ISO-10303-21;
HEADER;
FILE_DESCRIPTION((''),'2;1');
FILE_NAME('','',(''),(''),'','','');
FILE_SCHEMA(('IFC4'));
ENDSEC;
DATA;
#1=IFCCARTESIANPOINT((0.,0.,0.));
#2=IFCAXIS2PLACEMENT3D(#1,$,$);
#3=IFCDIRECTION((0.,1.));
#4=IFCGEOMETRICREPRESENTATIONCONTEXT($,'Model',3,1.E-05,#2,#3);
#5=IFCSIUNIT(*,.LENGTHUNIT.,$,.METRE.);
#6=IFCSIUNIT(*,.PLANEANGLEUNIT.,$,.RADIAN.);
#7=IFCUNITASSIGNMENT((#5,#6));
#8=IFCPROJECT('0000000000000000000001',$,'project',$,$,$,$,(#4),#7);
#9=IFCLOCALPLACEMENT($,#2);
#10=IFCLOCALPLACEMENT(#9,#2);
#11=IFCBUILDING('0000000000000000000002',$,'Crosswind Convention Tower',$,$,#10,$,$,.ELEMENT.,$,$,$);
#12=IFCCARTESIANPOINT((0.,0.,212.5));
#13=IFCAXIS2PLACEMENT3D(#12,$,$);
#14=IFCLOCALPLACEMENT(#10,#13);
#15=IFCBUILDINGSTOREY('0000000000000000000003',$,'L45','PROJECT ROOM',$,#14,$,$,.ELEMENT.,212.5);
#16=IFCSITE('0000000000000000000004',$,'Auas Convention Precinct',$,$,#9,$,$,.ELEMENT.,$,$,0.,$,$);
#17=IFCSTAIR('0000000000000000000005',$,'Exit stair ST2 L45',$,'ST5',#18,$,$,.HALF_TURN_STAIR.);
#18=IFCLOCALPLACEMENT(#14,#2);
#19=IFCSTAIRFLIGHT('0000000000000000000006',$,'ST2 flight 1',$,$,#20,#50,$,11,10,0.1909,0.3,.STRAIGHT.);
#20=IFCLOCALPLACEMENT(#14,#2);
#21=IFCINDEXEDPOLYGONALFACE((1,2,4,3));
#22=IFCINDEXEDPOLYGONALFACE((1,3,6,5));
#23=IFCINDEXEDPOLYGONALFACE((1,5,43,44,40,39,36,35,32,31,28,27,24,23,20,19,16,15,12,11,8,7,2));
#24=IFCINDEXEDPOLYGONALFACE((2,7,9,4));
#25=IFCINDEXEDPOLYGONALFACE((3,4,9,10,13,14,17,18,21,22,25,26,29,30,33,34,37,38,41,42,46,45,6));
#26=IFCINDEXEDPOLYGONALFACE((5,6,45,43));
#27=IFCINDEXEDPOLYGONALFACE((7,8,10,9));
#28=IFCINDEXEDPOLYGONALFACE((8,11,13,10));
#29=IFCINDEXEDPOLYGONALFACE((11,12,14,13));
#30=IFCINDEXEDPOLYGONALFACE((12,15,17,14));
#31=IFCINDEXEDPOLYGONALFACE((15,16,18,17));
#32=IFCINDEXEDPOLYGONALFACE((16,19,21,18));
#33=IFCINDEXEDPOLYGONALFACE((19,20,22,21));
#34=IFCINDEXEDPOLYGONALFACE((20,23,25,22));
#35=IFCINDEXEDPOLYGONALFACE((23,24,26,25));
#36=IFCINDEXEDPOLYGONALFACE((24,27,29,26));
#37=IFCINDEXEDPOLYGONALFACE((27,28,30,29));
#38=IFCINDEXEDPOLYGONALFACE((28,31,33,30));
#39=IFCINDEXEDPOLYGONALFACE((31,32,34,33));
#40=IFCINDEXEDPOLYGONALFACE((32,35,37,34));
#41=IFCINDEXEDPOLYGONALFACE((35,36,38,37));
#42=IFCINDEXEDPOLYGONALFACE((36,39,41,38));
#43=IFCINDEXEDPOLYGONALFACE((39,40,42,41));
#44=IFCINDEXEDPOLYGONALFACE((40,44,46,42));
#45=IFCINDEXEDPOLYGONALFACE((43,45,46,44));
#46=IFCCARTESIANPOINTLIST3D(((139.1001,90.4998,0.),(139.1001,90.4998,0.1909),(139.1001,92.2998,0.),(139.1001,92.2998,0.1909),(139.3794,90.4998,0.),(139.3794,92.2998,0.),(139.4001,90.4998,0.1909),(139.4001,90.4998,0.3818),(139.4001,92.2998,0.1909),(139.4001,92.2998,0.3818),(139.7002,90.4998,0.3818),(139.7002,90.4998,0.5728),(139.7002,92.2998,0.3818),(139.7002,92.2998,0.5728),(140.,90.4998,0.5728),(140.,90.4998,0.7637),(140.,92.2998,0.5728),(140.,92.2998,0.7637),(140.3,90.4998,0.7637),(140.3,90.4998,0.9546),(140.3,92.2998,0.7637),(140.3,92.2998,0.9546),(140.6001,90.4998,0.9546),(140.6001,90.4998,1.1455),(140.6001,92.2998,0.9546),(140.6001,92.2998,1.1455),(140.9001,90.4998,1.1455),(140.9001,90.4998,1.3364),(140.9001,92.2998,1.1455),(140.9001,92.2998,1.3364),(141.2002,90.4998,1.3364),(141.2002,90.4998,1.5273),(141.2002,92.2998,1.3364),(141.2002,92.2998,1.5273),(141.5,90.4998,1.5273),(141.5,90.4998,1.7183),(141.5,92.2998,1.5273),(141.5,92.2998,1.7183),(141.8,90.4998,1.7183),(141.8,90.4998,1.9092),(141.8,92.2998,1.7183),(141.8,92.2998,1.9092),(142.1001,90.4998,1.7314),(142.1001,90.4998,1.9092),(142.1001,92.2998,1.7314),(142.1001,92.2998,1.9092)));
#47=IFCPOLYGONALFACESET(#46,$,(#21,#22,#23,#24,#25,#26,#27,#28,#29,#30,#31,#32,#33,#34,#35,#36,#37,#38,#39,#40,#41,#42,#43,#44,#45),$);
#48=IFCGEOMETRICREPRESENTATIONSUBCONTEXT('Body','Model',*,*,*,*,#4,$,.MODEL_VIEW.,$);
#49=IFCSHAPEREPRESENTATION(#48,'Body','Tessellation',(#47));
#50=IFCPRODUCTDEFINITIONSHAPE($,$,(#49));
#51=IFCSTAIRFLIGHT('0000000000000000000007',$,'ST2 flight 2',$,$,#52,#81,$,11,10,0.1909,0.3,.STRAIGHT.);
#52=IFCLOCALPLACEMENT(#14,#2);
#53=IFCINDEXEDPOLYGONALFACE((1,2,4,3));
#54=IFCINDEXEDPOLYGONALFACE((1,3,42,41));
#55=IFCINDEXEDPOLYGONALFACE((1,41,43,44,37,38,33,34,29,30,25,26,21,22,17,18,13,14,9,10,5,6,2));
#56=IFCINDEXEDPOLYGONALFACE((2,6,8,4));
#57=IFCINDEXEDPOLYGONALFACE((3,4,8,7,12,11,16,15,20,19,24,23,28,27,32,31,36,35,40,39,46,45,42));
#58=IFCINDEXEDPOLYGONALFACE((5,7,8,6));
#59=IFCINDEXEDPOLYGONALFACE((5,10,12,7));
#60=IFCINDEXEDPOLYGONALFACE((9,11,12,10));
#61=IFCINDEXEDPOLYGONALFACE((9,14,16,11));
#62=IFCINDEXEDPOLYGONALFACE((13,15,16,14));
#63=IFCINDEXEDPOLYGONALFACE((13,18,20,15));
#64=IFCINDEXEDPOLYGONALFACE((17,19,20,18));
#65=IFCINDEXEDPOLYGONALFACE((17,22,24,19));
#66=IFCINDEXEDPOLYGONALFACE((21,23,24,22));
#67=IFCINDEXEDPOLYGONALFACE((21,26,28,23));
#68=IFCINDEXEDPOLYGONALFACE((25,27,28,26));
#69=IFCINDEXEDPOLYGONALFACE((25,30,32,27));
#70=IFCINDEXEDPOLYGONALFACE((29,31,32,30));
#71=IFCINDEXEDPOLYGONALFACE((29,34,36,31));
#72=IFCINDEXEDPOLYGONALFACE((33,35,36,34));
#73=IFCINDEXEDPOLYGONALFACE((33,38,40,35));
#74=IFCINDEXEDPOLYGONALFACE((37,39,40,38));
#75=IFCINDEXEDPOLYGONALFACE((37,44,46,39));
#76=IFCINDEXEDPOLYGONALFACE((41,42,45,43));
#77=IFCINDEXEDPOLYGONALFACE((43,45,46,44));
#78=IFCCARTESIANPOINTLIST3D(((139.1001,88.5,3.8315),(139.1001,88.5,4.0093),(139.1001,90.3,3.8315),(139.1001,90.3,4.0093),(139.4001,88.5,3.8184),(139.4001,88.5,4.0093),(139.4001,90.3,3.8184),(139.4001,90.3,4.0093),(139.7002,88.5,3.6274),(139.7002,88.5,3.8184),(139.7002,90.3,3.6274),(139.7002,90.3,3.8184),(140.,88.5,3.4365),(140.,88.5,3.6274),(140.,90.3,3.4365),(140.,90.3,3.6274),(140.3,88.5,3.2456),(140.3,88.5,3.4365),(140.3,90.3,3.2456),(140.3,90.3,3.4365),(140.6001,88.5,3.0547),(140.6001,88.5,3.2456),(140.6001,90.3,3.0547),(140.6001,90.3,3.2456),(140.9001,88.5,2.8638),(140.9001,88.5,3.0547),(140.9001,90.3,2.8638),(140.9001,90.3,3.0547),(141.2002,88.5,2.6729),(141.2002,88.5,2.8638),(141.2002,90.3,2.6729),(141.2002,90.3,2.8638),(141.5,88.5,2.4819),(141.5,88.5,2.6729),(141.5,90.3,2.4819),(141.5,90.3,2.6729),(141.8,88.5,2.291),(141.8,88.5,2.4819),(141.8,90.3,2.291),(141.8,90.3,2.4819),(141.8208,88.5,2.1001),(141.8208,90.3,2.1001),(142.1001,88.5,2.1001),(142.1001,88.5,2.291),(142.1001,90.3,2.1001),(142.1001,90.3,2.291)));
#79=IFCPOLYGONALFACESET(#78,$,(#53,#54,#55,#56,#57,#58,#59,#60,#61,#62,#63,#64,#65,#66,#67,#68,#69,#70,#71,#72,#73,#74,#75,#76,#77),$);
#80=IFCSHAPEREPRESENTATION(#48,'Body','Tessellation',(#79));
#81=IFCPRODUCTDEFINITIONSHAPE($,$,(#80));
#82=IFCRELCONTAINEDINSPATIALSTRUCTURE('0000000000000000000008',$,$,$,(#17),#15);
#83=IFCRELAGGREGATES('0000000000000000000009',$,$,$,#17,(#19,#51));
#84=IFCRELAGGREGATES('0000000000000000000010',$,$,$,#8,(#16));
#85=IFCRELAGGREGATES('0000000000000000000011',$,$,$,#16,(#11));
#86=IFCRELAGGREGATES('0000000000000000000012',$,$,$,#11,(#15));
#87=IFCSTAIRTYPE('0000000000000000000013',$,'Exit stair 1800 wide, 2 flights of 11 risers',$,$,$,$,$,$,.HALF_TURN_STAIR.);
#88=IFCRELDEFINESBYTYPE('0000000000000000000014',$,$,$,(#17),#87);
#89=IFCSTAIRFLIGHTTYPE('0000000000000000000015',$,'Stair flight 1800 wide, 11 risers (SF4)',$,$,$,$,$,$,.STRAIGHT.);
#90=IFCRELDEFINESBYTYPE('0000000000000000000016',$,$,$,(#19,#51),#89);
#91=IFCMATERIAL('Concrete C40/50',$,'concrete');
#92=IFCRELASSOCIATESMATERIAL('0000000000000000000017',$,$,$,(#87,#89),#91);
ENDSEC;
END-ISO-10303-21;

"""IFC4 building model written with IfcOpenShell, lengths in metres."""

from ifc_helpers import new_model, si_unit, direction, frame, origin, place, context, subcontext, project, spatial, polyline, outline, extrude, material, type_object, element, aggregate, save


model = new_model("IFC4")

# Units and contexts
model_context = context("Model", 3, precision=1e-05, world=origin(), true_north=direction((0.0, 1.0)))
body_context = subcontext(model_context, "Body", "Model", "MODEL_VIEW")
ifc_project = project(units=[si_unit("LENGTHUNIT", "METRE"), si_unit("PLANEANGLEUNIT", "RADIAN")], contexts=[model_context])

# Site, building, storey
site_placement = place(None, origin())
site = spatial("IfcSite", under=ifc_project, at=site_placement, Name="Auas Convention Precinct", CompositionType="ELEMENT", RefElevation=0.0)
building_placement = place(site_placement, origin())
building = spatial("IfcBuilding", under=site, at=building_placement, Name="Crosswind Convention Tower", CompositionType="ELEMENT")
storey_placement = place(building_placement, frame((0.0, 0.0, 212.5)))
storey = spatial("IfcBuildingStorey", under=building, at=storey_placement, Name="L45", Description="PROJECT ROOM", CompositionType="ELEMENT", Elevation=212.5)

# Stair, stair flights
ifc_material_1 = material(Name="Concrete C40/50", Category="concrete")
stair_type = type_object("IfcStairType", Name="Exit stair 1800 wide, 2 flights of 11 risers", PredefinedType="HALF_TURN_STAIR", material=ifc_material_1)
stair_placement = place(storey_placement, origin())
stair = element("IfcStair", 1, at=stair_placement, inside=storey, type_object=stair_type, Name="Exit stair ST2 L45", ObjectType="ST5", PredefinedType="HALF_TURN_STAIR")
stair_flight_type = type_object("IfcStairFlightType", Name="Stair flight 1800 wide, 11 risers (SF4)", PredefinedType="STRAIGHT", material=ifc_material_1)
stair_flight_1_placement = place(storey_placement, frame((139.1001, 91.3999, 0.0), z_axis=(0.0, 0.0, 1.0), x_axis=(1.0, 0.0, 0.0)))
stair_flight_1 = element("IfcStairFlight", 2, at=stair_flight_1_placement, type_object=stair_flight_type, Name="ST2 flight 1", NumberOfRisers=11, NumberOfTreads=10, PredefinedType="STRAIGHT", RiserHeight=0.1909, TreadLength=0.3, context=body_context, shape_type="SweptSolid", body=[
    extrude(outline(polyline([(0.0, 0.0), (0.0, 0.1909), (0.3, 0.1909), (0.3, 0.3818), (0.6001, 0.3818), (0.6001, 0.5728), (0.8999, 0.5728), (0.8999, 0.7637), (1.2, 0.7637), (1.2, 0.9546), (1.5, 0.9546), (1.5, 1.1455), (1.8, 1.1455), (1.8, 1.3364), (2.1001, 1.3364), (2.1001, 1.5273), (2.3999, 1.5273), (2.3999, 1.7183), (2.7, 1.7183), (2.7, 1.9092), (3.0, 1.9092), (3.0, 2.1001), (3.0, 1.7314), (0.2793, 0.0), (0.0, 0.0)])), frame((0.0, 0.8999, 0.0), z_axis=(0.0, -1.0, 0.0), x_axis=(1.0, 0.0, 0.0)), (0.0, 0.0, 1.0), 1.8),
])
stair_flight_2_placement = place(storey_placement, frame((142.1001, 89.3999, 2.1001), z_axis=(0.0, 0.0, 1.0), x_axis=(-1.0, 0.0, 0.0)))
stair_flight_2 = element("IfcStairFlight", 3, at=stair_flight_2_placement, type_object=stair_flight_type, Name="ST2 flight 2", NumberOfRisers=11, NumberOfTreads=10, PredefinedType="STRAIGHT", RiserHeight=0.1909, TreadLength=0.3, context=body_context, shape_type="SweptSolid", body=[
    extrude(outline(polyline([(0.0, 0.0), (0.0, 0.1909), (0.3, 0.1909), (0.3, 0.3818), (0.6001, 0.3818), (0.6001, 0.5728), (0.8999, 0.5728), (0.8999, 0.7637), (1.2, 0.7637), (1.2, 0.9546), (1.5, 0.9546), (1.5, 1.1455), (1.8, 1.1455), (1.8, 1.3364), (2.1001, 1.3364), (2.1001, 1.5273), (2.3999, 1.5273), (2.3999, 1.7183), (2.7, 1.7183), (2.7, 1.9092), (3.0, 1.9092), (3.0, 2.1001), (3.0, 1.7314), (0.2793, 0.0), (0.0, 0.0)])), frame((0.0, 0.8999, 0.0), z_axis=(0.0, -1.0, 0.0), x_axis=(1.0, 0.0, 0.0)), (0.0, 0.0, 1.0), 1.8),
])
aggregate(stair, [stair_flight_1, stair_flight_2])

save(model, "model.ifc")
